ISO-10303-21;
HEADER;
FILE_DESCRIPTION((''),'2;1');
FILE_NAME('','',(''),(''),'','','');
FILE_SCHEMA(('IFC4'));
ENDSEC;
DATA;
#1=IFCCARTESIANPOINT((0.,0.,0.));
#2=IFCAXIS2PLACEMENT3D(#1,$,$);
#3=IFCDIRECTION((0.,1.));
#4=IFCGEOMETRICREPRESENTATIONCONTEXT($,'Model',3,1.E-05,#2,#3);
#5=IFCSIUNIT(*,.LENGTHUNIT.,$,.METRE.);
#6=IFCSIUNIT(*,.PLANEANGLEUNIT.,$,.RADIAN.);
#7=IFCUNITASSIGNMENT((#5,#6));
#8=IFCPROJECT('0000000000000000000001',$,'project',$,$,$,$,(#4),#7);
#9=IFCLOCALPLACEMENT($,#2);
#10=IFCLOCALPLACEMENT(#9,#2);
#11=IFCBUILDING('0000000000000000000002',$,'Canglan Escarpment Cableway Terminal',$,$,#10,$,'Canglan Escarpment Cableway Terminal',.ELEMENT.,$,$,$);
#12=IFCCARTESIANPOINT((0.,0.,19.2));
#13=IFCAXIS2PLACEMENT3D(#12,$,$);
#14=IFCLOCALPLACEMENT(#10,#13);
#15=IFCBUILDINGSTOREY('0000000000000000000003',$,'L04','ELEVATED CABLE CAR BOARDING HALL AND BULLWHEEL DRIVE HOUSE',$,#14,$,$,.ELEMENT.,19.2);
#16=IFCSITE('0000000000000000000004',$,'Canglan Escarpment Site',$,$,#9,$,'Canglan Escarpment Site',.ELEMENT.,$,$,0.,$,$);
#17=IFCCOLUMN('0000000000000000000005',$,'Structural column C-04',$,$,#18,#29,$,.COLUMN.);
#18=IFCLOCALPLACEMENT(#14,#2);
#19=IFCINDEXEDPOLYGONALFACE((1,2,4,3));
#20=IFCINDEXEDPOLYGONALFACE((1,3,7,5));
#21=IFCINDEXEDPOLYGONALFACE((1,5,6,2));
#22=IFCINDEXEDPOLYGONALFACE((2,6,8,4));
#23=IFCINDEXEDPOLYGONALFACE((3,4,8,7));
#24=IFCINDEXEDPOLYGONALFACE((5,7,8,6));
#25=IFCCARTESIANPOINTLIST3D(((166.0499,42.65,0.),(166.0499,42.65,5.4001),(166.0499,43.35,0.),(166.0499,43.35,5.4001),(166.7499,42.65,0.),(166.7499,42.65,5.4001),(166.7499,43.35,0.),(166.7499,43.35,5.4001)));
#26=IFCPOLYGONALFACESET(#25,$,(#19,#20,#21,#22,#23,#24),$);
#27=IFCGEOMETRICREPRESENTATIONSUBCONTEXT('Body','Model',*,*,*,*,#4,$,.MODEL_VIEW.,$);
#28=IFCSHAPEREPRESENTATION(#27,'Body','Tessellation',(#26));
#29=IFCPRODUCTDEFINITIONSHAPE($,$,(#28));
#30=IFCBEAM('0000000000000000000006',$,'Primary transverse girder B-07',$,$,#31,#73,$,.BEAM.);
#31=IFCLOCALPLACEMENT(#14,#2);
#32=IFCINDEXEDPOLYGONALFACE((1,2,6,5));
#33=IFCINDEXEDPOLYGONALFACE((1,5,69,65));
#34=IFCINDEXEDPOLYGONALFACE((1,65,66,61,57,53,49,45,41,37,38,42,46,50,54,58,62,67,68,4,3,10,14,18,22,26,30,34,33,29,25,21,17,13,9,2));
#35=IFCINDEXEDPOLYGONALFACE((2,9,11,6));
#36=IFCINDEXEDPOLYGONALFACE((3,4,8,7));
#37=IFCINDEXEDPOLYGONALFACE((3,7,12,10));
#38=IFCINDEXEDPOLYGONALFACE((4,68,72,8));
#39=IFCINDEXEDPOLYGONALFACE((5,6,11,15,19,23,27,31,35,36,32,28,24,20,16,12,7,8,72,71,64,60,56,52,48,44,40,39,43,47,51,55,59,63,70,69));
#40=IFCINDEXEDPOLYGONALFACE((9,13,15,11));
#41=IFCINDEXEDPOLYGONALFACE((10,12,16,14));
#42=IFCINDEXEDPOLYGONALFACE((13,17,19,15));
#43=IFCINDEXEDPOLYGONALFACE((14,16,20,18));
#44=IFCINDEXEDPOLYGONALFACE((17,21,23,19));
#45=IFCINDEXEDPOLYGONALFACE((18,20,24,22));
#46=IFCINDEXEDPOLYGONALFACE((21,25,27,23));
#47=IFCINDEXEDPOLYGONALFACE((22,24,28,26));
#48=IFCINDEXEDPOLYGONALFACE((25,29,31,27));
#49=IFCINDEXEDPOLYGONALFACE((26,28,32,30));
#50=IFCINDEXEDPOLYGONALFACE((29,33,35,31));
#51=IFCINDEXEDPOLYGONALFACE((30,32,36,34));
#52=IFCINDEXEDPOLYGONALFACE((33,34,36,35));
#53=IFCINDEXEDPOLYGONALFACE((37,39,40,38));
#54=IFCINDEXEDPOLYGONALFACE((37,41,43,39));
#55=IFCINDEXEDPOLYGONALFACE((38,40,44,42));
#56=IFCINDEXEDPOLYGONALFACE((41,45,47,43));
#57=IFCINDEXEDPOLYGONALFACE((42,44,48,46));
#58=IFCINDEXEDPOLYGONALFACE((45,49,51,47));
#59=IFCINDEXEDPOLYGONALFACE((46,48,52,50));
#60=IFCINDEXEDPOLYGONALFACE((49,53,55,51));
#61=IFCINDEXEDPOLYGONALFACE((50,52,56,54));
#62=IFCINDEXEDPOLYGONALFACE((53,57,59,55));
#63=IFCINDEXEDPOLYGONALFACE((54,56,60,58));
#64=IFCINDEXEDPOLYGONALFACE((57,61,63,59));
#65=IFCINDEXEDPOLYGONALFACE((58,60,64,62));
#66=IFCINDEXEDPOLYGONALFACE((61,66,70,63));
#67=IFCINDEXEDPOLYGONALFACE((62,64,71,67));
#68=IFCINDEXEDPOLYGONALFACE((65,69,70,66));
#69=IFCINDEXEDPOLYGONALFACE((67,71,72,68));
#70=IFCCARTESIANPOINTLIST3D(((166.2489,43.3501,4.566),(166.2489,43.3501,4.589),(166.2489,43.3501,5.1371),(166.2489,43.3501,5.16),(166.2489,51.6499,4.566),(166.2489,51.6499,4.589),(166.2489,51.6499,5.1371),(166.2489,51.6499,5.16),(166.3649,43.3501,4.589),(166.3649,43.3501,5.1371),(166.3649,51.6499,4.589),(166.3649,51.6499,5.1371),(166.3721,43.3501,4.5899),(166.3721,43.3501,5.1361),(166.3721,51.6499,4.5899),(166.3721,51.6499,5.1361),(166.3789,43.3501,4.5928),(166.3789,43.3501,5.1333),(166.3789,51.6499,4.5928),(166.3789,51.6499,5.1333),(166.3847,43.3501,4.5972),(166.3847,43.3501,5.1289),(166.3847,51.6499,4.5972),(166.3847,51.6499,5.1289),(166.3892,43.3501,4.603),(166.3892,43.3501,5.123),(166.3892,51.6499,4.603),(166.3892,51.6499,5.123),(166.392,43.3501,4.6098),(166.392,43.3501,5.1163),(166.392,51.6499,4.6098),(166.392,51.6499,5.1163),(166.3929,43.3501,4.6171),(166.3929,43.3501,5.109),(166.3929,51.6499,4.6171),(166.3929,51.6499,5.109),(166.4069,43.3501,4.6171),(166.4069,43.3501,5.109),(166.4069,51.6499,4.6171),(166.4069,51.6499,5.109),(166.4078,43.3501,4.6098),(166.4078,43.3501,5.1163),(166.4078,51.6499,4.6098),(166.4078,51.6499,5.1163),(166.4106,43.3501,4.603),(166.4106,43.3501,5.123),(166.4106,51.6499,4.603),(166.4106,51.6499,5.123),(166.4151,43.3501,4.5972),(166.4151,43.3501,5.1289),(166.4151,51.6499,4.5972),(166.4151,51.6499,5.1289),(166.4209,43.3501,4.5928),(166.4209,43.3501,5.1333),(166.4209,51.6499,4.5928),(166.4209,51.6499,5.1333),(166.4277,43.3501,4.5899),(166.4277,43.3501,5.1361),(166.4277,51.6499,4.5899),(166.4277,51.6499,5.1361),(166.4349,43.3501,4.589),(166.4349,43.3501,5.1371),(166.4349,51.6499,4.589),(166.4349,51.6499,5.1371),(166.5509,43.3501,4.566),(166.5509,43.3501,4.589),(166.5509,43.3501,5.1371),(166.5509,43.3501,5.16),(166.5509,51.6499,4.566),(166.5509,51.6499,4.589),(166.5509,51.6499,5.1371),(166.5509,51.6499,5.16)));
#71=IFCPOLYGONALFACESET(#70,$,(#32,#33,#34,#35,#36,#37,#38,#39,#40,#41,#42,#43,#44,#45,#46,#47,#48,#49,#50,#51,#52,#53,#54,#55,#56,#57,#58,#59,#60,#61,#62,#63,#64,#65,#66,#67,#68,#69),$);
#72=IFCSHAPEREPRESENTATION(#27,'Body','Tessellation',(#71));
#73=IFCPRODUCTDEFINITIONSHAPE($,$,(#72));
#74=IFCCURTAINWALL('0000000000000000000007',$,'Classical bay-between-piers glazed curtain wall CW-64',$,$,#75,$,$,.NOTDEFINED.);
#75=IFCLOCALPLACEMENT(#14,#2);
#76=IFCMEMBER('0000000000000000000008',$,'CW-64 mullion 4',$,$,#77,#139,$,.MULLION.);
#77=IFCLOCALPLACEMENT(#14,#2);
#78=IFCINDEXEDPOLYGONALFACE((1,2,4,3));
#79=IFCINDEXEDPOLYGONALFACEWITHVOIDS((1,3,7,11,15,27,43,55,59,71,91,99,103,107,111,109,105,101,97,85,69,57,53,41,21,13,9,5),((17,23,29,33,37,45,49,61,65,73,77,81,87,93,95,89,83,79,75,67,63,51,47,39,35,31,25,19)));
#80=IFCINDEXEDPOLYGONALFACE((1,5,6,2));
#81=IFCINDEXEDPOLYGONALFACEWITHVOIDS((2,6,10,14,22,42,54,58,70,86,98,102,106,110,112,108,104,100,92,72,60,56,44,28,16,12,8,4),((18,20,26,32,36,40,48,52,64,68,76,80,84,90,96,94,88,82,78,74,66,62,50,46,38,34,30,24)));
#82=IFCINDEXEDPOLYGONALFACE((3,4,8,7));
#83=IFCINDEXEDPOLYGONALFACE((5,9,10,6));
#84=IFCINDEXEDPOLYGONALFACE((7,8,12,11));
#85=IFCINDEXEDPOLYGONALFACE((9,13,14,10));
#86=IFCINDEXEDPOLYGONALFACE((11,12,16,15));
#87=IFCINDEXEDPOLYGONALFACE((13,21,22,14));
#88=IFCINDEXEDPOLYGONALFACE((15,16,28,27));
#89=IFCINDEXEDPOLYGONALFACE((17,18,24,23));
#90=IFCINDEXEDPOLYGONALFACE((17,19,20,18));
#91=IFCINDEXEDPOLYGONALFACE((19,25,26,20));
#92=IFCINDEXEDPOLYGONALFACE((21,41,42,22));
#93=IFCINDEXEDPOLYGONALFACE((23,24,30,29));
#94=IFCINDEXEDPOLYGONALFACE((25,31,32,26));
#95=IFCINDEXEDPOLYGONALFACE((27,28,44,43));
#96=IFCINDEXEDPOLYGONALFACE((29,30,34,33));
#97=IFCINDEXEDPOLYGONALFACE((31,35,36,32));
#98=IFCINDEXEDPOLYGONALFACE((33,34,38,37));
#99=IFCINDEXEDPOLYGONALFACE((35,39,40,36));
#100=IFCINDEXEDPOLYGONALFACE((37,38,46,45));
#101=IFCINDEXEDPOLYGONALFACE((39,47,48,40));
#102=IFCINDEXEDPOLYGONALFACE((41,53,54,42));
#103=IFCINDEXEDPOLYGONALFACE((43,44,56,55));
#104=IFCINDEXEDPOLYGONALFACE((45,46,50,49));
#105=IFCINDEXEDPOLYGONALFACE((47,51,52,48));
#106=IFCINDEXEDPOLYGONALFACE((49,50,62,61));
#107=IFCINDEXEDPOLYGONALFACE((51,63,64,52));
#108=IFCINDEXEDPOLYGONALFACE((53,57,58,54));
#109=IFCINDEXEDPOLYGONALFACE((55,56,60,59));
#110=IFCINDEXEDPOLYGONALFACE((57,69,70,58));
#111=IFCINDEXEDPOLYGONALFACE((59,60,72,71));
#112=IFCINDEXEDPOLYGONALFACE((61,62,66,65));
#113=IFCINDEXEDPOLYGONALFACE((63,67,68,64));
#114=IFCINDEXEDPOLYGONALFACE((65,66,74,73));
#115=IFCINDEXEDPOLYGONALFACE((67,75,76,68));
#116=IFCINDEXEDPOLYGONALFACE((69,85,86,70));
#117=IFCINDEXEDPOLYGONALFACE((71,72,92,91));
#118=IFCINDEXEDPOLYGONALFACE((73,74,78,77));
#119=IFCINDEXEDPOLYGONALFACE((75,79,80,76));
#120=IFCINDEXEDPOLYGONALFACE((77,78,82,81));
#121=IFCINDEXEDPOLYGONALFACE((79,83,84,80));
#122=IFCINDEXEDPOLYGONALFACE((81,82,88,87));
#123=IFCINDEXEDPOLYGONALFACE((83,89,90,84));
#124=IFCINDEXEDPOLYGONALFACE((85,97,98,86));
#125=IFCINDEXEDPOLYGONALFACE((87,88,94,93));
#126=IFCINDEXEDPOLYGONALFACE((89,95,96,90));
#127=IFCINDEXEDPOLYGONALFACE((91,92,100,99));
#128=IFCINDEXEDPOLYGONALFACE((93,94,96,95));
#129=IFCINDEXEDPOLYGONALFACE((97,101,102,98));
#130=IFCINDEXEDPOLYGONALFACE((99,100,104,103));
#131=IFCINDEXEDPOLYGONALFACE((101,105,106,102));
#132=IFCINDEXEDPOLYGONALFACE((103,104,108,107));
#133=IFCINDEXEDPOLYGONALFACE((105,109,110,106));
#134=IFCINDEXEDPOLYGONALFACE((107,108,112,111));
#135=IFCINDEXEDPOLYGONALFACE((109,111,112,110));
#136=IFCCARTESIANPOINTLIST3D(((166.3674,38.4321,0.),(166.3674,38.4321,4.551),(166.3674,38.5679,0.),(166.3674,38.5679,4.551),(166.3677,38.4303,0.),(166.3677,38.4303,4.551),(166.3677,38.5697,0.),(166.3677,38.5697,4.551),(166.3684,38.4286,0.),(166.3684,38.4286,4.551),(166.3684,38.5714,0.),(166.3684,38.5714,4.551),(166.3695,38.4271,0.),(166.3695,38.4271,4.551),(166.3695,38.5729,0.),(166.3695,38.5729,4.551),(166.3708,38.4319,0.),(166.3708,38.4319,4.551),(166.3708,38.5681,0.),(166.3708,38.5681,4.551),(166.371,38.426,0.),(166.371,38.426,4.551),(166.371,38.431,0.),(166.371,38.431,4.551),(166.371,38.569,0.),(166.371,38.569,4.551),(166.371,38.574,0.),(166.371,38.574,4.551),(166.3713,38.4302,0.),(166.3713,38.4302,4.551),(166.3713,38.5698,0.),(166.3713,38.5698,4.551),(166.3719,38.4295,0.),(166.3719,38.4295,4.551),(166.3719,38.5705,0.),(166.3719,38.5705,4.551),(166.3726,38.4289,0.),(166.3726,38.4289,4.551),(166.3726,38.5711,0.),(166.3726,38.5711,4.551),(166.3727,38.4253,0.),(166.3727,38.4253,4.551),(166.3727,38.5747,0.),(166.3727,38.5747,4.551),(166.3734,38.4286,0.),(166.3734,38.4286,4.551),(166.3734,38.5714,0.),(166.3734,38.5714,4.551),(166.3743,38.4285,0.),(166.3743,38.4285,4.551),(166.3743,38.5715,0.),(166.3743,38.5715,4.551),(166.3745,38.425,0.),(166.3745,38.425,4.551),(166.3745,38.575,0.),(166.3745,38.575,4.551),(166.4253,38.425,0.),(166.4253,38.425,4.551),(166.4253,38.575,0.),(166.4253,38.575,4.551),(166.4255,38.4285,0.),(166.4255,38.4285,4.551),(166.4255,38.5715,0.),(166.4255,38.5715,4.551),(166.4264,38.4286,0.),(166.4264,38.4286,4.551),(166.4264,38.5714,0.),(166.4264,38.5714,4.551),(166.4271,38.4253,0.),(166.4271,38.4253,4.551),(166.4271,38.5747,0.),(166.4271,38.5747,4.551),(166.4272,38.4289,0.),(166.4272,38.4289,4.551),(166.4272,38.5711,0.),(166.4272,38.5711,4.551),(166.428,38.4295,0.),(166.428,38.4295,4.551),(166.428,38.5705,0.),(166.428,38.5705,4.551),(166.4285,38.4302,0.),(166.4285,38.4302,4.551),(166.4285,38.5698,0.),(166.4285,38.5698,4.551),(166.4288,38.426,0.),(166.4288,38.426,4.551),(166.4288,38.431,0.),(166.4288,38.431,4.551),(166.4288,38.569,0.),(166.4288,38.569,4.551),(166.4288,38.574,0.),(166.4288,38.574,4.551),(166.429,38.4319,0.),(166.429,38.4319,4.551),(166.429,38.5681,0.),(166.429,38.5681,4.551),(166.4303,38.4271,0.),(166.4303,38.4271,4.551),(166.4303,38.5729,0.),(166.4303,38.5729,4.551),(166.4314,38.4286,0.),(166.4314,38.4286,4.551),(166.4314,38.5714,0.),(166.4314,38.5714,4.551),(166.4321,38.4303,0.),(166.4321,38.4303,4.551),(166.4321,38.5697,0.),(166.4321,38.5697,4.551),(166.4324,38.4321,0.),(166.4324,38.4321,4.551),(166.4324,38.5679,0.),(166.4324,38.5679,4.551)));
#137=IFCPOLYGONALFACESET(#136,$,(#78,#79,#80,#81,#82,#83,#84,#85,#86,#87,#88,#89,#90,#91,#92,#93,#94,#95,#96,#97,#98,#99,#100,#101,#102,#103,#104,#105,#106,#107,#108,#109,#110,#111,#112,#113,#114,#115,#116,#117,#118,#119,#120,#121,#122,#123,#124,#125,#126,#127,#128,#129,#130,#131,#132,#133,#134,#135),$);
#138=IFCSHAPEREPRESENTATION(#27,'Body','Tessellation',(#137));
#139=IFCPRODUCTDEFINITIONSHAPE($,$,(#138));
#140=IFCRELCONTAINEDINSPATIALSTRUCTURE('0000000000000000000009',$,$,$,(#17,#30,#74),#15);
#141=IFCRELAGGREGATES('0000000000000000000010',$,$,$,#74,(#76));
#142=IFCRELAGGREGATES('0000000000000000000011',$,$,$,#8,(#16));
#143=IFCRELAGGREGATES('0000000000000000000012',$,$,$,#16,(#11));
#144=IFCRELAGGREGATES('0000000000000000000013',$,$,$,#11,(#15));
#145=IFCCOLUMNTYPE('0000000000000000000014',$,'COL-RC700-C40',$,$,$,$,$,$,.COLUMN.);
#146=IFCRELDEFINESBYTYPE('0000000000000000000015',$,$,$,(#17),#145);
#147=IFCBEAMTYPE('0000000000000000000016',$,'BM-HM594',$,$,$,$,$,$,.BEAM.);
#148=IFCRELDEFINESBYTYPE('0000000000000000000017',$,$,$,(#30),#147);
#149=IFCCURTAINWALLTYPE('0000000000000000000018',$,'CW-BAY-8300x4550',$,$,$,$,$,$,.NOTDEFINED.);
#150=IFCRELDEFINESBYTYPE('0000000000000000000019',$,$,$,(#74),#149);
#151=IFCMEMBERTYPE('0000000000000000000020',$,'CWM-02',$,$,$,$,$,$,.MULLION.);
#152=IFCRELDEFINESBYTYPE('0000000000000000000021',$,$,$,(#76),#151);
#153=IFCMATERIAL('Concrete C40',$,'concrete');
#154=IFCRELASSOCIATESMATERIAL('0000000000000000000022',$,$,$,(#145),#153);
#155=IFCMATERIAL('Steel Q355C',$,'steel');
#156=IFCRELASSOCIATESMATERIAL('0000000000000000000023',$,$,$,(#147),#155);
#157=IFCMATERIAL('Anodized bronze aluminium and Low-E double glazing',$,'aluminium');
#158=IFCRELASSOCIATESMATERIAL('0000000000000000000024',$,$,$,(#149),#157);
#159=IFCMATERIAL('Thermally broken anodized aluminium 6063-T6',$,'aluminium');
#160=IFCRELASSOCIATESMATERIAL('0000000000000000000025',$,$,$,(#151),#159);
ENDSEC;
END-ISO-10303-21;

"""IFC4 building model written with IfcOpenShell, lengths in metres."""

from ifc_helpers import new_model, si_unit, direction, frame, origin, origin_2d, place, context, subcontext, project, spatial, rectangle, hollow_rectangle, i_section, extrude, material, material_profile, profile_set, type_object, element, aggregate, save


model = new_model("IFC4")

# Units and contexts
model_context = context("Model", 3, precision=1e-05, world=origin(), true_north=direction((0.0, 1.0)))
body_context = subcontext(model_context, "Body", "Model", "MODEL_VIEW")
ifc_project = project(units=[si_unit("LENGTHUNIT", "METRE"), si_unit("PLANEANGLEUNIT", "RADIAN")], contexts=[model_context])

# Site, building, storey
site_placement = place(None, origin())
site = spatial("IfcSite", under=ifc_project, at=site_placement, Name="Canglan Escarpment Site", LongName="Canglan Escarpment Site", CompositionType="ELEMENT", RefElevation=0.0)
building_placement = place(site_placement, origin())
building = spatial("IfcBuilding", under=site, at=building_placement, Name="Canglan Escarpment Cableway Terminal", LongName="Canglan Escarpment Cableway Terminal", CompositionType="ELEMENT")
storey_placement = place(building_placement, frame((0.0, 0.0, 19.2)))
storey = spatial("IfcBuildingStorey", under=building, at=storey_placement, Name="L04", Description="ELEVATED CABLE CAR BOARDING HALL AND BULLWHEEL DRIVE HOUSE", CompositionType="ELEMENT", Elevation=19.2)

# Column
ifc_material_1 = material(Name="Concrete C40", Category="concrete")
ifc_material_profile_1 = material_profile(ifc_material_1, rectangle(XDim=0.7, YDim=0.7, at=origin_2d()), Name="RC 700x700")
ifc_profile_set_1 = profile_set([ifc_material_profile_1], Name="Concrete C40")
column_type = type_object("IfcColumnType", Name="COL-RC700-C40", PredefinedType="COLUMN", material=ifc_profile_set_1)
column_placement = place(storey_placement, frame((166.3999, 43.0, 0.0), z_axis=(0.0, 0.0, 1.0), x_axis=(1.0, 0.0, 0.0)))
element("IfcColumn", 1, at=column_placement, inside=storey, type_object=column_type, Name="Structural column C-04", PredefinedType="COLUMN", context=body_context, shape_type="SweptSolid", body=[
    extrude(rectangle(XDim=0.7, YDim=0.7, at=origin_2d()), origin(), (0.0, 0.0, 1.0), 5.4001),
])

# Beam
ifc_material_2 = material(Name="Steel Q355C", Category="steel")
ifc_material_profile_2 = material_profile(ifc_material_2, i_section(OverallWidth=0.302, OverallDepth=0.594, WebThickness=0.0139, FlangeThickness=0.0229, FilletRadius=0.0281, at=origin_2d()), Name="HM 594x302x14x23")
ifc_profile_set_2 = profile_set([ifc_material_profile_2], Name="Steel Q355C")
beam_type = type_object("IfcBeamType", Name="BM-HM594", PredefinedType="BEAM", material=ifc_profile_set_2)
beam_placement = place(storey_placement, frame((166.3999, 43.3501, 4.863), z_axis=(0.0, 1.0, 0.0), x_axis=(-1.0, 0.0, 0.0)))
element("IfcBeam", 2, at=beam_placement, inside=storey, type_object=beam_type, Name="Primary transverse girder B-07", PredefinedType="BEAM", context=body_context, shape_type="SweptSolid", body=[
    extrude(i_section(OverallWidth=0.302, OverallDepth=0.594, WebThickness=0.0139, FlangeThickness=0.0229, FilletRadius=0.0281, at=origin_2d()), origin(), (0.0, 0.0, 1.0), 8.2998),
])

# Curtain wall, member
ifc_material_3 = material(Name="Anodized bronze aluminium and Low-E double glazing", Category="aluminium")
curtain_wall_type = type_object("IfcCurtainWallType", Name="CW-BAY-8300x4550", PredefinedType="NOTDEFINED", material=ifc_material_3)
curtain_wall_1_placement = place(storey_placement, origin())
curtain_wall_1 = element("IfcCurtainWall", 3, at=curtain_wall_1_placement, inside=storey, type_object=curtain_wall_type, Name="Classical bay-between-piers glazed curtain wall CW-64", PredefinedType="NOTDEFINED")
ifc_material_4 = material(Name="Thermally broken anodized aluminium 6063-T6", Category="aluminium")
ifc_material_profile_3 = material_profile(ifc_material_4, hollow_rectangle(XDim=0.0649, YDim=0.1499, WallThickness=0.0034, InnerFilletRadius=0.0034, OuterFilletRadius=0.0071, at=origin_2d()), Name="ALU-MULL 65x150x3.5")
ifc_profile_set_3 = profile_set([ifc_material_profile_3], Name="Thermally broken anodized aluminium 6063-T6")
member_type_1 = type_object("IfcMemberType", Name="CWM-02", PredefinedType="MULLION", material=ifc_profile_set_3)
member_1_placement = place(storey_placement, frame((166.3999, 38.5, 0.0), z_axis=(0.0, 0.0, 1.0), x_axis=(-1.0, 0.0, 0.0)))
member_1 = element("IfcMember", 4, at=member_1_placement, type_object=member_type_1, Name="CW-64 mullion 4", PredefinedType="MULLION", context=body_context, shape_type="SweptSolid", body=[
    extrude(hollow_rectangle(XDim=0.0649, YDim=0.1499, WallThickness=0.0034, InnerFilletRadius=0.0034, OuterFilletRadius=0.0071, at=origin_2d()), origin(), (0.0, 0.0, 1.0), 4.551),
])

aggregate(curtain_wall_1, [member_1])

save(model, "model.ifc")
